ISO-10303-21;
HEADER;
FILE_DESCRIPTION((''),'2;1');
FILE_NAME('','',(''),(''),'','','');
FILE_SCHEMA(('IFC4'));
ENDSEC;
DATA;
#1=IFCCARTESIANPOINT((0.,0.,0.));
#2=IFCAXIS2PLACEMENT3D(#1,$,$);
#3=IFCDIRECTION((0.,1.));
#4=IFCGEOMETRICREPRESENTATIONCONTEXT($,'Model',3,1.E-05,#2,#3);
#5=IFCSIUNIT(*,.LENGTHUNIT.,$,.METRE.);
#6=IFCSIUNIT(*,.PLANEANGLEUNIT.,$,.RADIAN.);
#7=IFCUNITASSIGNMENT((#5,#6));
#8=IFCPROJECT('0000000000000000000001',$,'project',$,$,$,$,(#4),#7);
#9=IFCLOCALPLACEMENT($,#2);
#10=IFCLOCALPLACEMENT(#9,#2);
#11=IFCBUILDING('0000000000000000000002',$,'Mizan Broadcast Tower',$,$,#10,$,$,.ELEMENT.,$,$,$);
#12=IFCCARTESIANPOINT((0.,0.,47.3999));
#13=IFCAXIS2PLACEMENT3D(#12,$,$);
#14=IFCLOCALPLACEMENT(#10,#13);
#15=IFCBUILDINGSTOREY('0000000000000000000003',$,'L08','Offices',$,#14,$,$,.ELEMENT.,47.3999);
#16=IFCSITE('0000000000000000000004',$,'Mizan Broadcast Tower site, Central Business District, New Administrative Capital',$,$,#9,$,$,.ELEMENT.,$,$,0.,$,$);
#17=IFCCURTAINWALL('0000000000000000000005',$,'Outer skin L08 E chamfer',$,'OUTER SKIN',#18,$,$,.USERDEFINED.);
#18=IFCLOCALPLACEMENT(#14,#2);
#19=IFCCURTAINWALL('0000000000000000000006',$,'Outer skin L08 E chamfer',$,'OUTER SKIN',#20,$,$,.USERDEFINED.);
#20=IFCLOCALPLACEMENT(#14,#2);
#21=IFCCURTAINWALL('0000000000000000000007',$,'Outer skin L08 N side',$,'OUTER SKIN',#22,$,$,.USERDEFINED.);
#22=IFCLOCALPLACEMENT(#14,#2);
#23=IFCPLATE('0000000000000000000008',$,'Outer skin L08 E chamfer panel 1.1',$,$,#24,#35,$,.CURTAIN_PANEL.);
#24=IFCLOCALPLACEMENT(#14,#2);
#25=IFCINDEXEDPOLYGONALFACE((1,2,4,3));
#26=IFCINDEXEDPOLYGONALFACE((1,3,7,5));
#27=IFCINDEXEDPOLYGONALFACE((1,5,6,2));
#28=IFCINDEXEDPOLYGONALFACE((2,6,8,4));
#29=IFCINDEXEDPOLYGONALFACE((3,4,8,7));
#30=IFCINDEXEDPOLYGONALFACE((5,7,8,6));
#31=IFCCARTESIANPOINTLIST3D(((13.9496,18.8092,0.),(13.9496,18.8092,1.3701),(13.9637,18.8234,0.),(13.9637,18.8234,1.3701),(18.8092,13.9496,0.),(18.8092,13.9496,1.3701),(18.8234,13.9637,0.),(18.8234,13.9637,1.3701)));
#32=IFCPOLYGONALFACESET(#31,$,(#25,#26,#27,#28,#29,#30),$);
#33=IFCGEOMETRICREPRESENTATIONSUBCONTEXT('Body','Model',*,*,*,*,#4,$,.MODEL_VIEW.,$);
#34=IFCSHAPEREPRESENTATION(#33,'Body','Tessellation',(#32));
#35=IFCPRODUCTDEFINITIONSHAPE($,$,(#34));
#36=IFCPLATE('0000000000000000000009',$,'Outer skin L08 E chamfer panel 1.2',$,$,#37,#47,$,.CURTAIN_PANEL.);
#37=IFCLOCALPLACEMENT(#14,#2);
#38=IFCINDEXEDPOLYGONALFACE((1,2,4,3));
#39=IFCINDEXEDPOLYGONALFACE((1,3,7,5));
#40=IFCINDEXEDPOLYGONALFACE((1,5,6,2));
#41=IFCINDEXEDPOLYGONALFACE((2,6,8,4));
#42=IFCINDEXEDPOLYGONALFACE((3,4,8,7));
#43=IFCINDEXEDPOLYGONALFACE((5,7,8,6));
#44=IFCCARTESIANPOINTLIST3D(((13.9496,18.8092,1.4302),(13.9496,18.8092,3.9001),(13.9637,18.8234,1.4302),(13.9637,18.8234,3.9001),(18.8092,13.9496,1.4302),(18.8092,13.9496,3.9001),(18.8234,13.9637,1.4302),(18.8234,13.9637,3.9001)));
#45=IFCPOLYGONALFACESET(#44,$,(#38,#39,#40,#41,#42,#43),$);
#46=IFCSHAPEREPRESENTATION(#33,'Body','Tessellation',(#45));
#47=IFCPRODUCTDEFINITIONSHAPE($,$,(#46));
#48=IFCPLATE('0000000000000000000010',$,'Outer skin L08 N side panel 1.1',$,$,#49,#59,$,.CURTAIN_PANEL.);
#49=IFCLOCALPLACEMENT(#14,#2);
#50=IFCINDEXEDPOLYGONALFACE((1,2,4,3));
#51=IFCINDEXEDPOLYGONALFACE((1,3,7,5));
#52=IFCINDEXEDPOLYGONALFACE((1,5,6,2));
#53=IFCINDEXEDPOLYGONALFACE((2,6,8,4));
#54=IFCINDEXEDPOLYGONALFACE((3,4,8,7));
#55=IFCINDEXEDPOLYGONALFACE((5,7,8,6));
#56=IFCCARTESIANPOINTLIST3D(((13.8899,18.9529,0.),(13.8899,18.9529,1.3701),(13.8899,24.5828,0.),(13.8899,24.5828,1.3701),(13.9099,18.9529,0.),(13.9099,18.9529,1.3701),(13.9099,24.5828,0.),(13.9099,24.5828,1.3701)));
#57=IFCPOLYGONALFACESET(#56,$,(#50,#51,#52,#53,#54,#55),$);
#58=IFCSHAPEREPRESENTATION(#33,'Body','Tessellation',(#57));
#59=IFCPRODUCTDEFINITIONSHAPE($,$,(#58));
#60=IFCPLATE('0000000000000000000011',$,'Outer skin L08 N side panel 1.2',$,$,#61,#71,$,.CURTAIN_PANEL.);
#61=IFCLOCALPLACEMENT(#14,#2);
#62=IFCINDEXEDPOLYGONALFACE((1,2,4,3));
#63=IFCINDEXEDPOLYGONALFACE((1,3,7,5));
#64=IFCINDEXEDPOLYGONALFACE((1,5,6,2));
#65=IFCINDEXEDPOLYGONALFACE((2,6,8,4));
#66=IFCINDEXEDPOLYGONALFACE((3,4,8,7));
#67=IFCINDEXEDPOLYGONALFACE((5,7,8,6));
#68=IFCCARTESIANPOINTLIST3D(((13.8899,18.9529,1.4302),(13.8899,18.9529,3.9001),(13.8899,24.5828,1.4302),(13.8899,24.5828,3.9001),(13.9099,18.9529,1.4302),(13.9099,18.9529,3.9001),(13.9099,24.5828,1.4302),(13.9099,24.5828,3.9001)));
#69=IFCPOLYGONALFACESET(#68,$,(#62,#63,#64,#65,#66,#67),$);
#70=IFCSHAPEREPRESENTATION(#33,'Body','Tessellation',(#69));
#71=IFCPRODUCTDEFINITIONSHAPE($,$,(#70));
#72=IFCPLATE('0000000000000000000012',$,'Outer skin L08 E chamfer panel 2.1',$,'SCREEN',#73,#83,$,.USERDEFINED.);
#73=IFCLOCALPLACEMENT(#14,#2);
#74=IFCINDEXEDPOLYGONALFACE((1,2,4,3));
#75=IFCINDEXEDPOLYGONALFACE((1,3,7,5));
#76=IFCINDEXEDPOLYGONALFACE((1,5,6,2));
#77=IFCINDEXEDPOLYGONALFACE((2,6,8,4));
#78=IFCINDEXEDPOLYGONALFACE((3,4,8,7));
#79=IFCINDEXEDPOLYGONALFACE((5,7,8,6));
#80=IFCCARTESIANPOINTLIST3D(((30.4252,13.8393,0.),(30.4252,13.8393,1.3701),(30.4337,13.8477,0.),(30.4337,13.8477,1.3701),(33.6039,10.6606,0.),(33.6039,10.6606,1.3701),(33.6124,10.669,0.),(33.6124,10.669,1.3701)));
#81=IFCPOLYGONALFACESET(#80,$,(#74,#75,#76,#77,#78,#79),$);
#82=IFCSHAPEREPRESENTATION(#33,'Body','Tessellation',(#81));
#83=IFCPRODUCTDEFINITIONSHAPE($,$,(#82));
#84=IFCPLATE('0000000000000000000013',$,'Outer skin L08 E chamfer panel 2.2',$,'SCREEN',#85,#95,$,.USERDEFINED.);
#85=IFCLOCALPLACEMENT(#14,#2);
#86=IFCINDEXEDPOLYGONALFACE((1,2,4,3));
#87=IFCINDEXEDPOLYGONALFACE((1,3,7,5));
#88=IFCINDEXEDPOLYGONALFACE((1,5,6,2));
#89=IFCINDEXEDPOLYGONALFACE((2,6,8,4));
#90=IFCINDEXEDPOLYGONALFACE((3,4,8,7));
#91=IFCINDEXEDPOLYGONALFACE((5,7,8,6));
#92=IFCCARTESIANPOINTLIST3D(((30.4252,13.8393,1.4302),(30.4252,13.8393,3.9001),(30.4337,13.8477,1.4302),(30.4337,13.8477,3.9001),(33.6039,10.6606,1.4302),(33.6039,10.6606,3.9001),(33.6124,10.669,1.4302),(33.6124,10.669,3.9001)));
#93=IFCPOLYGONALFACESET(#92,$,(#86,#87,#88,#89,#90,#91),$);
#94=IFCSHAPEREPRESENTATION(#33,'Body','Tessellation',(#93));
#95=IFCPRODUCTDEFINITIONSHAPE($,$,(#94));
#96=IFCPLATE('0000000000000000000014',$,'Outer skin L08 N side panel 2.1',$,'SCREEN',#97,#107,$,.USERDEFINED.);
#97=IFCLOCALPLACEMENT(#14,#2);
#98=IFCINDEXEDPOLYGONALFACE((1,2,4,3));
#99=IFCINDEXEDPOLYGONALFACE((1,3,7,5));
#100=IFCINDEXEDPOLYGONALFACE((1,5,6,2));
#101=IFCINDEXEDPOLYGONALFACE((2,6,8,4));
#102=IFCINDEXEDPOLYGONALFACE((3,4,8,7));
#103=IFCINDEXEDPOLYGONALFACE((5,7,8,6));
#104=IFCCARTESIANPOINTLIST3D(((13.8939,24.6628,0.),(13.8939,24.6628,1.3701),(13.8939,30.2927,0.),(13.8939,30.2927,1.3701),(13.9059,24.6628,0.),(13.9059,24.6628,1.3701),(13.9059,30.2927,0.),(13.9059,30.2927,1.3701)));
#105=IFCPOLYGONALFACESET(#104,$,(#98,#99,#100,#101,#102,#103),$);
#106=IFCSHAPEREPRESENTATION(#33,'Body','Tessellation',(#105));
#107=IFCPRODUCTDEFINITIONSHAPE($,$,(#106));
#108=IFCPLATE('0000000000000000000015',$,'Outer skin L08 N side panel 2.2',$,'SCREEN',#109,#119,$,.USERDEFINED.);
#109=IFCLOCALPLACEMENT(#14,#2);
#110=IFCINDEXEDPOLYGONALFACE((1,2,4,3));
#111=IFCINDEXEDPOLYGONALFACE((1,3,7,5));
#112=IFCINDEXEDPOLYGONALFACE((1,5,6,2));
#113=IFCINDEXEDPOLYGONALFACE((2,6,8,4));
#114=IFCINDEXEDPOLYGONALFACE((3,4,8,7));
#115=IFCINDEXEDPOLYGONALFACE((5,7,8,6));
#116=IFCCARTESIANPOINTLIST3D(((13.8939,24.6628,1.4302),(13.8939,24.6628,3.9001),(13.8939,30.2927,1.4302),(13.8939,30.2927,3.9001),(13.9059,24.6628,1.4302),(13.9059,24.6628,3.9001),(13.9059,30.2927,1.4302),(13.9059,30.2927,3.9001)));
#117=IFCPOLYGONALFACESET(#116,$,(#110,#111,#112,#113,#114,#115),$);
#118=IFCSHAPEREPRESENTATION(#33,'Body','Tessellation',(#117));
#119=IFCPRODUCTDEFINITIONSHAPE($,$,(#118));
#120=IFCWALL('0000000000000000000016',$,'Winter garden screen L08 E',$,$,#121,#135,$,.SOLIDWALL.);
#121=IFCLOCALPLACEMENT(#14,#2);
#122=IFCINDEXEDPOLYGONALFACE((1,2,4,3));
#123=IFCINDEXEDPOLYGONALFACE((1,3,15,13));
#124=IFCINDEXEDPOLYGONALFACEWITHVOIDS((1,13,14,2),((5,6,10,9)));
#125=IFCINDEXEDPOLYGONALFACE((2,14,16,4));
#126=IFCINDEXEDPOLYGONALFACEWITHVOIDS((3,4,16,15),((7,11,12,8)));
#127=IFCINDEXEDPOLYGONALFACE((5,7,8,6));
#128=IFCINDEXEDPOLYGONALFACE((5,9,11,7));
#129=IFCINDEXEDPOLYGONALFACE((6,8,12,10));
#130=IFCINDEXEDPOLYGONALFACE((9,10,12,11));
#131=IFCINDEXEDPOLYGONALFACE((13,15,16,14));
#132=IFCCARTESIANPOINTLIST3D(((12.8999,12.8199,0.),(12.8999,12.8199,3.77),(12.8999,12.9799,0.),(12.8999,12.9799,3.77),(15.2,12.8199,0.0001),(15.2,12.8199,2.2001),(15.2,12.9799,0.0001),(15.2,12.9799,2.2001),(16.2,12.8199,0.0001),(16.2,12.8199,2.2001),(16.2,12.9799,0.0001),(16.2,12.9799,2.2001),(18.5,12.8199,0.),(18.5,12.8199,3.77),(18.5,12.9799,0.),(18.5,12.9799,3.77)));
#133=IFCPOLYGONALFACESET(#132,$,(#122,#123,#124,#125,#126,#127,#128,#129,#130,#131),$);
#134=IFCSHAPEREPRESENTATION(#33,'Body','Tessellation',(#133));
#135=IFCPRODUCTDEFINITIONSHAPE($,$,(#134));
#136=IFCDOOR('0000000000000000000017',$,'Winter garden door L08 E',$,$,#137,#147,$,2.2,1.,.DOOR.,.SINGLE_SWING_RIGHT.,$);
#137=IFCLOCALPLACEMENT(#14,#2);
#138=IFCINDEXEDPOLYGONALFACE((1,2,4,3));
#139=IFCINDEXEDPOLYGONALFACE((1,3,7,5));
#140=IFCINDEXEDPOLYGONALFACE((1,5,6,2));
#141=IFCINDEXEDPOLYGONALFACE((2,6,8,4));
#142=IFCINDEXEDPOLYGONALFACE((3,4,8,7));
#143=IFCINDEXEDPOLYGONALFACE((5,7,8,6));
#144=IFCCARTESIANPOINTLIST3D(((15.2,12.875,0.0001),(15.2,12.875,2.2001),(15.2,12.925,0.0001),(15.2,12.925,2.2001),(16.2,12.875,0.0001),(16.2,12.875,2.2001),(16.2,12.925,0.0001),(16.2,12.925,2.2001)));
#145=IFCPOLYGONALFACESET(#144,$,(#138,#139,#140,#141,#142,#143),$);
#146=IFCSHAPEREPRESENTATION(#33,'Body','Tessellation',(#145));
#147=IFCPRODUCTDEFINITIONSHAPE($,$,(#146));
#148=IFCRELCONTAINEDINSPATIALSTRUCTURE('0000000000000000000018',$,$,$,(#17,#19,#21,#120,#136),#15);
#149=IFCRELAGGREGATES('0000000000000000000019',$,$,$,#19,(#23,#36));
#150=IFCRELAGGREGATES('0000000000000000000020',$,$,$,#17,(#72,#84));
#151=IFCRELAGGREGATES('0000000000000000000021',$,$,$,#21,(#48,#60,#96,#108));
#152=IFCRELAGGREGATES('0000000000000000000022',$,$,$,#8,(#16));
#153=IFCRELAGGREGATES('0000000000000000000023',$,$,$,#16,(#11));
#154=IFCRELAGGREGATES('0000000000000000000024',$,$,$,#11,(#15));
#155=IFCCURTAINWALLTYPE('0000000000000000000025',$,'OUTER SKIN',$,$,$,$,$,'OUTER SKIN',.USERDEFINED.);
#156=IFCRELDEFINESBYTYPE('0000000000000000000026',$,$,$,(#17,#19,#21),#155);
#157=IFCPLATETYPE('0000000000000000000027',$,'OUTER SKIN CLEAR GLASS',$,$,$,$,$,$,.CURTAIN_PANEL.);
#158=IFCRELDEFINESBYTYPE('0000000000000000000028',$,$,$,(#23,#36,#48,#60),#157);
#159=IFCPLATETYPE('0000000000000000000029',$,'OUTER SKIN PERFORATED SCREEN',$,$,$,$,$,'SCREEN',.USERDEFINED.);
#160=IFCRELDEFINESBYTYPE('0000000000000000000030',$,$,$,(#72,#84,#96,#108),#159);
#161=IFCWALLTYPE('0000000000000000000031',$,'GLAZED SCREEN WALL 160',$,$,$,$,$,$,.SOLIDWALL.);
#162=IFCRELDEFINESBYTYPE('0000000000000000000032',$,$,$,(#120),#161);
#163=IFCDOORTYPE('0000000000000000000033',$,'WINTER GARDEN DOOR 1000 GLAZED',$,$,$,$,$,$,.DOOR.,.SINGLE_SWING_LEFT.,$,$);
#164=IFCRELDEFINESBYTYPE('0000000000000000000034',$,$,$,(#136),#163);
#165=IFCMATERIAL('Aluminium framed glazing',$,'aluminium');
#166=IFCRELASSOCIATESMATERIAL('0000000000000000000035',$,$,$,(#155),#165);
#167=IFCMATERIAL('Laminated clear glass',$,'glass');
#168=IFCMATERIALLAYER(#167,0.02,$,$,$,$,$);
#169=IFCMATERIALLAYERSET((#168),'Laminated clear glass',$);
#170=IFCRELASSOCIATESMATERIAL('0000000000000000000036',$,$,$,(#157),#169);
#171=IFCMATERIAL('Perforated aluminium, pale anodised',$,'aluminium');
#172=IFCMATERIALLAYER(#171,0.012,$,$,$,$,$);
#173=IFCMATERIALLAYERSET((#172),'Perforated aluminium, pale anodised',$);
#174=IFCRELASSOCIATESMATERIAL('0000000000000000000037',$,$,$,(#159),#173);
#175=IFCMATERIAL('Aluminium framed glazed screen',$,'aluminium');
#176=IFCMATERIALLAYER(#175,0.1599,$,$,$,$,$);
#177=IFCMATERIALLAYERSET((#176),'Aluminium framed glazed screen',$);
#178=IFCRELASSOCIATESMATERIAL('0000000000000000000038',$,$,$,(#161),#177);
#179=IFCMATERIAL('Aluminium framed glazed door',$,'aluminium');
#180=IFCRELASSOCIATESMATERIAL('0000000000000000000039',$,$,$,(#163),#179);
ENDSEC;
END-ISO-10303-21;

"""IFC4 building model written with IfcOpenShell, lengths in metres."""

from ifc_helpers import new_model, si_unit, direction, frame, frame_2d, origin, origin_2d, place, context, subcontext, project, spatial, rectangle, extrude, material, layer, layer_set, type_object, element, fill, aggregate, save


model = new_model("IFC4")

# Units and contexts
model_context = context("Model", 3, precision=1e-05, world=origin(), true_north=direction((0.0, 1.0)))
body_context = subcontext(model_context, "Body", "Model", "MODEL_VIEW")
ifc_project = project(units=[si_unit("LENGTHUNIT", "METRE"), si_unit("PLANEANGLEUNIT", "RADIAN")], contexts=[model_context])

# Site, building, storey
site_placement = place(None, origin())
site = spatial("IfcSite", under=ifc_project, at=site_placement, Name="Mizan Broadcast Tower site, Central Business District, New Administrative Capital", CompositionType="ELEMENT", RefElevation=0.0)
building_placement = place(site_placement, origin())
building = spatial("IfcBuilding", under=site, at=building_placement, Name="Mizan Broadcast Tower", CompositionType="ELEMENT")
storey_placement = place(building_placement, frame((0.0, 0.0, 47.3999)))
storey = spatial("IfcBuildingStorey", under=building, at=storey_placement, Name="L08", Description="Offices", CompositionType="ELEMENT", Elevation=47.3999)

# Curtain wall
ifc_material_1 = material(Name="Aluminium framed glazing", Category="aluminium")
curtain_wall_type_1 = type_object("IfcCurtainWallType", Name="OUTER SKIN", ElementType="OUTER SKIN", PredefinedType="USERDEFINED", material=ifc_material_1)
curtain_wall_1_placement = place(storey_placement, origin())
curtain_wall_1 = element("IfcCurtainWall", 1, at=curtain_wall_1_placement, inside=storey, type_object=curtain_wall_type_1, Name="Outer skin L08 E chamfer", ObjectType="OUTER SKIN", PredefinedType="USERDEFINED")

# Curtain wall
curtain_wall_2_placement = place(storey_placement, origin())
curtain_wall_2 = element("IfcCurtainWall", 2, at=curtain_wall_2_placement, inside=storey, type_object=curtain_wall_type_1, Name="Outer skin L08 E chamfer", ObjectType="OUTER SKIN", PredefinedType="USERDEFINED")

# Curtain wall
curtain_wall_3_placement = place(storey_placement, origin())
curtain_wall_3 = element("IfcCurtainWall", 3, at=curtain_wall_3_placement, inside=storey, type_object=curtain_wall_type_1, Name="Outer skin L08 N side", ObjectType="OUTER SKIN", PredefinedType="USERDEFINED")

# Plates
ifc_material_2 = material(Name="Laminated clear glass", Category="glass")
ifc_layer_1 = layer(ifc_material_2, 0.02)
ifc_layer_set_1 = layer_set([ifc_layer_1], Name="Laminated clear glass")
plate_type_1 = type_object("IfcPlateType", Name="OUTER SKIN CLEAR GLASS", PredefinedType="CURTAIN_PANEL", material=ifc_layer_set_1)
plate_1_placement = place(storey_placement, frame((16.3865, 16.3865, 0.0), z_axis=(0.0, 0.0, 1.0), x_axis=(-0.707107, 0.707107, 0.0)))
plate_1 = element("IfcPlate", 4, at=plate_1_placement, type_object=plate_type_1, Name="Outer skin L08 E chamfer panel 1.1", PredefinedType="CURTAIN_PANEL", context=body_context, shape_type="SweptSolid", body=[
    extrude(rectangle(XDim=6.8726, YDim=0.02, at=origin_2d()), origin(), (0.0, 0.0, 1.0), 1.3701),
])
plate_2_placement = place(storey_placement, frame((16.3865, 16.3865, 1.4302), z_axis=(0.0, 0.0, 1.0), x_axis=(-0.707107, 0.707107, 0.0)))
plate_2 = element("IfcPlate", 5, at=plate_2_placement, type_object=plate_type_1, Name="Outer skin L08 E chamfer panel 1.2", PredefinedType="CURTAIN_PANEL", context=body_context, shape_type="SweptSolid", body=[
    extrude(rectangle(XDim=6.8726, YDim=0.02, at=origin_2d()), origin(), (0.0, 0.0, 1.0), 2.47),
])
aggregate(curtain_wall_2, [plate_1, plate_2])
plate_3_placement = place(storey_placement, frame((13.8999, 21.7678, 0.0), z_axis=(0.0, 0.0, 1.0), x_axis=(0.0, 1.0, 0.0)))
plate_3 = element("IfcPlate", 6, at=plate_3_placement, type_object=plate_type_1, Name="Outer skin L08 N side panel 1.1", PredefinedType="CURTAIN_PANEL", context=body_context, shape_type="SweptSolid", body=[
    extrude(rectangle(XDim=5.6299, YDim=0.02, at=origin_2d()), origin(), (0.0, 0.0, 1.0), 1.3701),
])
plate_4_placement = place(storey_placement, frame((13.8999, 21.7678, 1.4302), z_axis=(0.0, 0.0, 1.0), x_axis=(0.0, 1.0, 0.0)))
plate_4 = element("IfcPlate", 7, at=plate_4_placement, type_object=plate_type_1, Name="Outer skin L08 N side panel 1.2", PredefinedType="CURTAIN_PANEL", context=body_context, shape_type="SweptSolid", body=[
    extrude(rectangle(XDim=5.6299, YDim=0.02, at=origin_2d()), origin(), (0.0, 0.0, 1.0), 2.47),
])
ifc_material_3 = material(Name="Perforated aluminium, pale anodised", Category="aluminium")
ifc_layer_2 = layer(ifc_material_3, 0.012)
ifc_layer_set_2 = layer_set([ifc_layer_2], Name="Perforated aluminium, pale anodised")
plate_type_2 = type_object("IfcPlateType", Name="OUTER SKIN PERFORATED SCREEN", ElementType="SCREEN", PredefinedType="USERDEFINED", material=ifc_layer_set_2)
plate_5_placement = place(storey_placement, frame((32.0188, 12.2542, 0.0), z_axis=(0.0, 0.0, 1.0), x_axis=(-0.707107, 0.707107, 0.0)))
plate_5 = element("IfcPlate", 8, at=plate_5_placement, type_object=plate_type_2, Name="Outer skin L08 E chamfer panel 2.1", ObjectType="SCREEN", PredefinedType="USERDEFINED", context=body_context, shape_type="SweptSolid", body=[
    extrude(rectangle(XDim=4.4954, YDim=0.012, at=origin_2d()), origin(), (0.0, 0.0, 1.0), 1.3701),
])
plate_6_placement = place(storey_placement, frame((32.0188, 12.2542, 1.4302), z_axis=(0.0, 0.0, 1.0), x_axis=(-0.707107, 0.707107, 0.0)))
plate_6 = element("IfcPlate", 9, at=plate_6_placement, type_object=plate_type_2, Name="Outer skin L08 E chamfer panel 2.2", ObjectType="SCREEN", PredefinedType="USERDEFINED", context=body_context, shape_type="SweptSolid", body=[
    extrude(rectangle(XDim=4.4954, YDim=0.012, at=origin_2d()), origin(), (0.0, 0.0, 1.0), 2.47),
])
aggregate(curtain_wall_1, [plate_5, plate_6])
plate_7_placement = place(storey_placement, frame((13.8999, 27.4778, 0.0), z_axis=(0.0, 0.0, 1.0), x_axis=(0.0, 1.0, 0.0)))
plate_7 = element("IfcPlate", 10, at=plate_7_placement, type_object=plate_type_2, Name="Outer skin L08 N side panel 2.1", ObjectType="SCREEN", PredefinedType="USERDEFINED", context=body_context, shape_type="SweptSolid", body=[
    extrude(rectangle(XDim=5.6299, YDim=0.012, at=origin_2d()), origin(), (0.0, 0.0, 1.0), 1.3701),
])
plate_8_placement = place(storey_placement, frame((13.8999, 27.4778, 1.4302), z_axis=(0.0, 0.0, 1.0), x_axis=(0.0, 1.0, 0.0)))
plate_8 = element("IfcPlate", 11, at=plate_8_placement, type_object=plate_type_2, Name="Outer skin L08 N side panel 2.2", ObjectType="SCREEN", PredefinedType="USERDEFINED", context=body_context, shape_type="SweptSolid", body=[
    extrude(rectangle(XDim=5.6299, YDim=0.012, at=origin_2d()), origin(), (0.0, 0.0, 1.0), 2.47),
])
aggregate(curtain_wall_3, [plate_3, plate_4, plate_7, plate_8])

# Wall, opening, door
ifc_material_4 = material(Name="Aluminium framed glazed screen", Category="aluminium")
ifc_layer_3 = layer(ifc_material_4, 0.1599)
ifc_layer_set_3 = layer_set([ifc_layer_3], Name="Aluminium framed glazed screen")
wall_type = type_object("IfcWallType", Name="GLAZED SCREEN WALL 160", PredefinedType="SOLIDWALL", material=ifc_layer_set_3)
wall_placement = place(storey_placement, frame((18.5, 12.8999, 0.0), z_axis=(0.0, 0.0, 1.0), x_axis=(-1.0, 0.0, 0.0)))
wall = element("IfcWall", 12, at=wall_placement, inside=storey, type_object=wall_type, Name="Winter garden screen L08 E", PredefinedType="SOLIDWALL", context=body_context, shape_type="SweptSolid", body=[
    extrude(rectangle(XDim=5.6001, YDim=0.1599, at=frame_2d((2.8, 0.0))), origin(), (0.0, 0.0, 1.0), 3.77),
])
opening_placement = place(wall_placement, frame((2.3, 0.0, 0.0)))
opening = element("IfcOpeningElement", 13, at=opening_placement, cuts=wall, PredefinedType="OPENING", context=body_context, shape_type="SweptSolid", body=[
    extrude(rectangle(XDim=1.0, YDim=2.2, at=frame_2d((0.5, 1.1001))), frame((0.0, 0.0898, 0.0), z_axis=(0.0, -1.0, 0.0), x_axis=(1.0, 0.0, 0.0)), (0.0, 0.0, 1.0), 0.1799),
])
ifc_material_5 = material(Name="Aluminium framed glazed door", Category="aluminium")
door_type = type_object("IfcDoorType", Name="WINTER GARDEN DOOR 1000 GLAZED", OperationType="SINGLE_SWING_LEFT", PredefinedType="DOOR", material=ifc_material_5)
door_placement = place(opening_placement, origin())
door = element("IfcDoor", 14, at=door_placement, inside=storey, type_object=door_type, Name="Winter garden door L08 E", OperationType="SINGLE_SWING_RIGHT", OverallHeight=2.2, OverallWidth=1.0, PredefinedType="DOOR", context=body_context, shape_type="SweptSolid", body=[
    extrude(rectangle(XDim=1.0, YDim=2.2, at=frame_2d((0.5, 1.1001))), frame((0.0, 0.0249, 0.0), z_axis=(0.0, -1.0, 0.0), x_axis=(1.0, 0.0, 0.0)), (0.0, 0.0, 1.0), 0.05),
])
fill(opening, door)

save(model, "model.ifc")
